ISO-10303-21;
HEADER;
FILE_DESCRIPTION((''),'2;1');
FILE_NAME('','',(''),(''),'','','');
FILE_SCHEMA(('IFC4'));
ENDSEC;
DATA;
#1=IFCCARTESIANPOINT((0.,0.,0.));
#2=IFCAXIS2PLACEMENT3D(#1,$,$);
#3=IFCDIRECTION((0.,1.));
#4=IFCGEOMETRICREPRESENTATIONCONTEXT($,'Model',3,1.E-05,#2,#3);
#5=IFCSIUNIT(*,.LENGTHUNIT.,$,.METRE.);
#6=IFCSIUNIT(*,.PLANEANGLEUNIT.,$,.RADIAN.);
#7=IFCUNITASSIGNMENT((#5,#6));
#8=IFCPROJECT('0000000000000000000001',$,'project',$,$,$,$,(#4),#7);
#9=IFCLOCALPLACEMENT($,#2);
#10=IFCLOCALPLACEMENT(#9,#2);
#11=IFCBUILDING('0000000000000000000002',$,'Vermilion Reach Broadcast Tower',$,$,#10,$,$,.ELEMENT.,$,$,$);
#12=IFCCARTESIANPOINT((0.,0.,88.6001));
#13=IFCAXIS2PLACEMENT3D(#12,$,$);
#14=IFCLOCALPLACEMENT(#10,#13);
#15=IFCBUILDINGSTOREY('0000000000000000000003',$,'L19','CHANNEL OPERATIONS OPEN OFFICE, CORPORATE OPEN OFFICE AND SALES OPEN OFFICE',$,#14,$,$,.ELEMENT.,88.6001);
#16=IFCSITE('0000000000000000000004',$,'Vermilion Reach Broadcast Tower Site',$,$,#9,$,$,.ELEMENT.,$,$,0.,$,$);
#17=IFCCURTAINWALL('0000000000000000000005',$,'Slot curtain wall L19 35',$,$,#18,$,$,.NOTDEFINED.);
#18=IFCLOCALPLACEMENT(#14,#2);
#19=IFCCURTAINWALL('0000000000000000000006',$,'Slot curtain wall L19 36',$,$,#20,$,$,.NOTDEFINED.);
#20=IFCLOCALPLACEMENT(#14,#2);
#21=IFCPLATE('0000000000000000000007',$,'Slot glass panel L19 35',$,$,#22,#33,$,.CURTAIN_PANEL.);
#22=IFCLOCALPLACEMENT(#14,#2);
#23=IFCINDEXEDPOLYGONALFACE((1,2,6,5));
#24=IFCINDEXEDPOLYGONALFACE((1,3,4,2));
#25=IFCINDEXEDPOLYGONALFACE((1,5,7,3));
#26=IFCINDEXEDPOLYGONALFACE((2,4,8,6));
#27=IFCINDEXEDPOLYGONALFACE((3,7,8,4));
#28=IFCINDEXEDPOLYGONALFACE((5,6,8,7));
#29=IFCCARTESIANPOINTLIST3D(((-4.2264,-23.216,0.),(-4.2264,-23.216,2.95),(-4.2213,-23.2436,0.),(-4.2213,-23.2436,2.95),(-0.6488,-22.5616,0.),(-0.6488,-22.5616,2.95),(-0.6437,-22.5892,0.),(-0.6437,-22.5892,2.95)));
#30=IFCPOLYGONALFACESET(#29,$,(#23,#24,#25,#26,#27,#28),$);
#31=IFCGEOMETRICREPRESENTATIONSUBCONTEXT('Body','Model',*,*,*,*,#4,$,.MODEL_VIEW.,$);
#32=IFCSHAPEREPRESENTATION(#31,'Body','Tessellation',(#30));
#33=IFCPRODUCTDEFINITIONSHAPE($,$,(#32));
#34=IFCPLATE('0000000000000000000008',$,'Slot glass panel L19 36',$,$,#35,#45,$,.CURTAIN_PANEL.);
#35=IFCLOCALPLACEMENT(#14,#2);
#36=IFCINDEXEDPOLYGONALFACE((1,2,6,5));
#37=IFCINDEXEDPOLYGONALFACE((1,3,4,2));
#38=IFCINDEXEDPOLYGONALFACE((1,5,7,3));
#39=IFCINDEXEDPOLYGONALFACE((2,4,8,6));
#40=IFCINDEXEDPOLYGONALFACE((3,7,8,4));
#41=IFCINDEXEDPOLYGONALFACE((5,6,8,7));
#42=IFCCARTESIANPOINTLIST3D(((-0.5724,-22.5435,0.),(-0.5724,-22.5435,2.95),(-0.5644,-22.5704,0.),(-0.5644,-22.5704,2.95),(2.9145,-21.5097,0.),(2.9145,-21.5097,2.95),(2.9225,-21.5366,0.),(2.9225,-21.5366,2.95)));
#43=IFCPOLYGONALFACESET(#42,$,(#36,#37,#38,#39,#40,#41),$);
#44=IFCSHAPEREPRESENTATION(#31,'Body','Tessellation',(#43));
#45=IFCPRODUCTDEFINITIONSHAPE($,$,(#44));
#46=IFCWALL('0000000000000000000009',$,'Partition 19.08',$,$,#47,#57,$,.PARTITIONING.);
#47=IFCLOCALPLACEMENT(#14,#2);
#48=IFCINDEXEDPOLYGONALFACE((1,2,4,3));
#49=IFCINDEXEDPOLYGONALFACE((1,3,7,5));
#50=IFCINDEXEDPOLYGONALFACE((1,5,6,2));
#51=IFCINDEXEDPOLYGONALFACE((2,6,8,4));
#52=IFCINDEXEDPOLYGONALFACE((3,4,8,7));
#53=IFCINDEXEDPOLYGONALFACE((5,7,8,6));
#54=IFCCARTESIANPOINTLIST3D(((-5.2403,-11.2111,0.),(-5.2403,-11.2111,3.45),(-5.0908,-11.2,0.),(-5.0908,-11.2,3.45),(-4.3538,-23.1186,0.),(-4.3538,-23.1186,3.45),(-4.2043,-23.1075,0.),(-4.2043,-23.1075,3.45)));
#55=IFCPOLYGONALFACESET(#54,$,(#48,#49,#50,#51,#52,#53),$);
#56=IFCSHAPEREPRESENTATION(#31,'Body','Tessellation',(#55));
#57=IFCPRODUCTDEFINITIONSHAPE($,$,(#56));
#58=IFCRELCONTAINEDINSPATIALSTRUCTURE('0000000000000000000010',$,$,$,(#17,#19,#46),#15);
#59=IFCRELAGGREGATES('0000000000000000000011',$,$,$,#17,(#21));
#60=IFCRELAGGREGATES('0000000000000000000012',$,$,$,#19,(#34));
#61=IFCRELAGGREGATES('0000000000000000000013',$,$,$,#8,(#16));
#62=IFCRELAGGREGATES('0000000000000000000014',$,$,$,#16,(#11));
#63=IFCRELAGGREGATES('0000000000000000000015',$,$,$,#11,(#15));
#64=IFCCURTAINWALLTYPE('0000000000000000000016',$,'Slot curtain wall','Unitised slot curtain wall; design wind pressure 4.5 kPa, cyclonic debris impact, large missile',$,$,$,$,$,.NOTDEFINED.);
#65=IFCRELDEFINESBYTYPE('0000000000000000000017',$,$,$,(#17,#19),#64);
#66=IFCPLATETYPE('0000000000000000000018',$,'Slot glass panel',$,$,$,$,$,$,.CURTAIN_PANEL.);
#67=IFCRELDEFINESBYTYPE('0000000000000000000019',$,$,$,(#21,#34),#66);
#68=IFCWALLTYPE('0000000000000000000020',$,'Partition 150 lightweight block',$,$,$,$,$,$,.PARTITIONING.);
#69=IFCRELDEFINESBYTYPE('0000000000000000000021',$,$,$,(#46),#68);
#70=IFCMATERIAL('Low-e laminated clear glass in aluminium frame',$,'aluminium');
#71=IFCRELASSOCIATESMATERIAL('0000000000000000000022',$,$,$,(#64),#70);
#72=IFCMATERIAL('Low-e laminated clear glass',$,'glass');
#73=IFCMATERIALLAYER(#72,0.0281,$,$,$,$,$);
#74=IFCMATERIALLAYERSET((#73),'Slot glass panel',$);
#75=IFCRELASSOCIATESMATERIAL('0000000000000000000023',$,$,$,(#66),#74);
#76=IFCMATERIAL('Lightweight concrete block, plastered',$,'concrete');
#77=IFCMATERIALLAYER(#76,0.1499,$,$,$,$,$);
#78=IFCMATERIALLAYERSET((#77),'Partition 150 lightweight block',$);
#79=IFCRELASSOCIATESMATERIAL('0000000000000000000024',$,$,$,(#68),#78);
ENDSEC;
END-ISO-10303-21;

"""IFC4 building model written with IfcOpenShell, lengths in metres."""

from ifc_helpers import new_model, si_unit, direction, frame, frame_2d, origin, origin_2d, place, context, subcontext, project, spatial, rectangle, extrude, material, layer, layer_set, type_object, element, aggregate, save


model = new_model("IFC4")

# Units and contexts
model_context = context("Model", 3, precision=1e-05, world=origin(), true_north=direction((0.0, 1.0)))
body_context = subcontext(model_context, "Body", "Model", "MODEL_VIEW")
ifc_project = project(units=[si_unit("LENGTHUNIT", "METRE"), si_unit("PLANEANGLEUNIT", "RADIAN")], contexts=[model_context])

# Site, building, storey
site_placement = place(None, origin())
site = spatial("IfcSite", under=ifc_project, at=site_placement, Name="Vermilion Reach Broadcast Tower Site", CompositionType="ELEMENT", RefElevation=0.0)
building_placement = place(site_placement, origin())
building = spatial("IfcBuilding", under=site, at=building_placement, Name="Vermilion Reach Broadcast Tower", CompositionType="ELEMENT")
storey_placement = place(building_placement, frame((0.0, 0.0, 88.6001)))
storey = spatial("IfcBuildingStorey", under=building, at=storey_placement, Name="L19", Description="CHANNEL OPERATIONS OPEN OFFICE, CORPORATE OPEN OFFICE AND SALES OPEN OFFICE", CompositionType="ELEMENT", Elevation=88.6001)

# Curtain walls
ifc_material_1 = material(Name="Low-e laminated clear glass in aluminium frame", Category="aluminium")
curtain_wall_type = type_object("IfcCurtainWallType", Name="Slot curtain wall", Description="Unitised slot curtain wall; design wind pressure 4.5 kPa, cyclonic debris impact, large missile", PredefinedType="NOTDEFINED", material=ifc_material_1)
placement = place(storey_placement, origin())
curtain_wall_1 = element("IfcCurtainWall", 1, at=placement, inside=storey, type_object=curtain_wall_type, Name="Slot curtain wall L19 35", PredefinedType="NOTDEFINED")
curtain_wall_2 = element("IfcCurtainWall", 2, at=placement, inside=storey, type_object=curtain_wall_type, Name="Slot curtain wall L19 36", PredefinedType="NOTDEFINED")

# Plates
ifc_material_2 = material(Name="Low-e laminated clear glass", Category="glass")
ifc_layer_1 = layer(ifc_material_2, 0.0281)
ifc_layer_set_1 = layer_set([ifc_layer_1], Name="Slot glass panel")
plate_type = type_object("IfcPlateType", Name="Slot glass panel", PredefinedType="CURTAIN_PANEL", material=ifc_layer_set_1)
plate_1_placement = place(storey_placement, frame((-2.4351, -22.9026, 0.0), z_axis=(0.0, 0.0, 1.0), x_axis=(0.983679, 0.17993, 0.0)))
plate_1 = element("IfcPlate", 3, at=plate_1_placement, type_object=plate_type, Name="Slot glass panel L19 35", PredefinedType="CURTAIN_PANEL", context=body_context, shape_type="SweptSolid", body=[
    extrude(rectangle(XDim=3.637, YDim=0.0281, at=origin_2d()), origin(), (0.0, 0.0, 1.0), 2.95),
])
aggregate(curtain_wall_1, [plate_1])
plate_2_placement = place(storey_placement, frame((1.175, -22.04, 0.0), z_axis=(0.0, 0.0, 1.0), x_axis=(0.958749, 0.284255, 0.0)))
plate_2 = element("IfcPlate", 4, at=plate_2_placement, type_object=plate_type, Name="Slot glass panel L19 36", PredefinedType="CURTAIN_PANEL", context=body_context, shape_type="SweptSolid", body=[
    extrude(rectangle(XDim=3.637, YDim=0.0281, at=origin_2d()), origin(), (0.0, 0.0, 1.0), 2.95),
])
aggregate(curtain_wall_2, [plate_2])

# Wall
ifc_material_3 = material(Name="Lightweight concrete block, plastered", Category="concrete")
ifc_layer_2 = layer(ifc_material_3, 0.1499)
ifc_layer_set_2 = layer_set([ifc_layer_2], Name="Partition 150 lightweight block")
wall_type = type_object("IfcWallType", Name="Partition 150 lightweight block", PredefinedType="PARTITIONING", material=ifc_layer_set_2)
wall_placement = place(storey_placement, frame((-4.2791, -23.113, 0.0), z_axis=(0.0, 0.0, 1.0), x_axis=(-0.074241, 0.99724, 0.0)))
element("IfcWall", 5, at=wall_placement, inside=storey, type_object=wall_type, Name="Partition 19.08", PredefinedType="PARTITIONING", context=body_context, shape_type="SweptSolid", body=[
    extrude(rectangle(XDim=11.9404, YDim=0.1499, at=frame_2d((5.9702, 0.0))), origin(), (0.0, 0.0, 1.0), 3.45),
])

save(model, "model.ifc")
